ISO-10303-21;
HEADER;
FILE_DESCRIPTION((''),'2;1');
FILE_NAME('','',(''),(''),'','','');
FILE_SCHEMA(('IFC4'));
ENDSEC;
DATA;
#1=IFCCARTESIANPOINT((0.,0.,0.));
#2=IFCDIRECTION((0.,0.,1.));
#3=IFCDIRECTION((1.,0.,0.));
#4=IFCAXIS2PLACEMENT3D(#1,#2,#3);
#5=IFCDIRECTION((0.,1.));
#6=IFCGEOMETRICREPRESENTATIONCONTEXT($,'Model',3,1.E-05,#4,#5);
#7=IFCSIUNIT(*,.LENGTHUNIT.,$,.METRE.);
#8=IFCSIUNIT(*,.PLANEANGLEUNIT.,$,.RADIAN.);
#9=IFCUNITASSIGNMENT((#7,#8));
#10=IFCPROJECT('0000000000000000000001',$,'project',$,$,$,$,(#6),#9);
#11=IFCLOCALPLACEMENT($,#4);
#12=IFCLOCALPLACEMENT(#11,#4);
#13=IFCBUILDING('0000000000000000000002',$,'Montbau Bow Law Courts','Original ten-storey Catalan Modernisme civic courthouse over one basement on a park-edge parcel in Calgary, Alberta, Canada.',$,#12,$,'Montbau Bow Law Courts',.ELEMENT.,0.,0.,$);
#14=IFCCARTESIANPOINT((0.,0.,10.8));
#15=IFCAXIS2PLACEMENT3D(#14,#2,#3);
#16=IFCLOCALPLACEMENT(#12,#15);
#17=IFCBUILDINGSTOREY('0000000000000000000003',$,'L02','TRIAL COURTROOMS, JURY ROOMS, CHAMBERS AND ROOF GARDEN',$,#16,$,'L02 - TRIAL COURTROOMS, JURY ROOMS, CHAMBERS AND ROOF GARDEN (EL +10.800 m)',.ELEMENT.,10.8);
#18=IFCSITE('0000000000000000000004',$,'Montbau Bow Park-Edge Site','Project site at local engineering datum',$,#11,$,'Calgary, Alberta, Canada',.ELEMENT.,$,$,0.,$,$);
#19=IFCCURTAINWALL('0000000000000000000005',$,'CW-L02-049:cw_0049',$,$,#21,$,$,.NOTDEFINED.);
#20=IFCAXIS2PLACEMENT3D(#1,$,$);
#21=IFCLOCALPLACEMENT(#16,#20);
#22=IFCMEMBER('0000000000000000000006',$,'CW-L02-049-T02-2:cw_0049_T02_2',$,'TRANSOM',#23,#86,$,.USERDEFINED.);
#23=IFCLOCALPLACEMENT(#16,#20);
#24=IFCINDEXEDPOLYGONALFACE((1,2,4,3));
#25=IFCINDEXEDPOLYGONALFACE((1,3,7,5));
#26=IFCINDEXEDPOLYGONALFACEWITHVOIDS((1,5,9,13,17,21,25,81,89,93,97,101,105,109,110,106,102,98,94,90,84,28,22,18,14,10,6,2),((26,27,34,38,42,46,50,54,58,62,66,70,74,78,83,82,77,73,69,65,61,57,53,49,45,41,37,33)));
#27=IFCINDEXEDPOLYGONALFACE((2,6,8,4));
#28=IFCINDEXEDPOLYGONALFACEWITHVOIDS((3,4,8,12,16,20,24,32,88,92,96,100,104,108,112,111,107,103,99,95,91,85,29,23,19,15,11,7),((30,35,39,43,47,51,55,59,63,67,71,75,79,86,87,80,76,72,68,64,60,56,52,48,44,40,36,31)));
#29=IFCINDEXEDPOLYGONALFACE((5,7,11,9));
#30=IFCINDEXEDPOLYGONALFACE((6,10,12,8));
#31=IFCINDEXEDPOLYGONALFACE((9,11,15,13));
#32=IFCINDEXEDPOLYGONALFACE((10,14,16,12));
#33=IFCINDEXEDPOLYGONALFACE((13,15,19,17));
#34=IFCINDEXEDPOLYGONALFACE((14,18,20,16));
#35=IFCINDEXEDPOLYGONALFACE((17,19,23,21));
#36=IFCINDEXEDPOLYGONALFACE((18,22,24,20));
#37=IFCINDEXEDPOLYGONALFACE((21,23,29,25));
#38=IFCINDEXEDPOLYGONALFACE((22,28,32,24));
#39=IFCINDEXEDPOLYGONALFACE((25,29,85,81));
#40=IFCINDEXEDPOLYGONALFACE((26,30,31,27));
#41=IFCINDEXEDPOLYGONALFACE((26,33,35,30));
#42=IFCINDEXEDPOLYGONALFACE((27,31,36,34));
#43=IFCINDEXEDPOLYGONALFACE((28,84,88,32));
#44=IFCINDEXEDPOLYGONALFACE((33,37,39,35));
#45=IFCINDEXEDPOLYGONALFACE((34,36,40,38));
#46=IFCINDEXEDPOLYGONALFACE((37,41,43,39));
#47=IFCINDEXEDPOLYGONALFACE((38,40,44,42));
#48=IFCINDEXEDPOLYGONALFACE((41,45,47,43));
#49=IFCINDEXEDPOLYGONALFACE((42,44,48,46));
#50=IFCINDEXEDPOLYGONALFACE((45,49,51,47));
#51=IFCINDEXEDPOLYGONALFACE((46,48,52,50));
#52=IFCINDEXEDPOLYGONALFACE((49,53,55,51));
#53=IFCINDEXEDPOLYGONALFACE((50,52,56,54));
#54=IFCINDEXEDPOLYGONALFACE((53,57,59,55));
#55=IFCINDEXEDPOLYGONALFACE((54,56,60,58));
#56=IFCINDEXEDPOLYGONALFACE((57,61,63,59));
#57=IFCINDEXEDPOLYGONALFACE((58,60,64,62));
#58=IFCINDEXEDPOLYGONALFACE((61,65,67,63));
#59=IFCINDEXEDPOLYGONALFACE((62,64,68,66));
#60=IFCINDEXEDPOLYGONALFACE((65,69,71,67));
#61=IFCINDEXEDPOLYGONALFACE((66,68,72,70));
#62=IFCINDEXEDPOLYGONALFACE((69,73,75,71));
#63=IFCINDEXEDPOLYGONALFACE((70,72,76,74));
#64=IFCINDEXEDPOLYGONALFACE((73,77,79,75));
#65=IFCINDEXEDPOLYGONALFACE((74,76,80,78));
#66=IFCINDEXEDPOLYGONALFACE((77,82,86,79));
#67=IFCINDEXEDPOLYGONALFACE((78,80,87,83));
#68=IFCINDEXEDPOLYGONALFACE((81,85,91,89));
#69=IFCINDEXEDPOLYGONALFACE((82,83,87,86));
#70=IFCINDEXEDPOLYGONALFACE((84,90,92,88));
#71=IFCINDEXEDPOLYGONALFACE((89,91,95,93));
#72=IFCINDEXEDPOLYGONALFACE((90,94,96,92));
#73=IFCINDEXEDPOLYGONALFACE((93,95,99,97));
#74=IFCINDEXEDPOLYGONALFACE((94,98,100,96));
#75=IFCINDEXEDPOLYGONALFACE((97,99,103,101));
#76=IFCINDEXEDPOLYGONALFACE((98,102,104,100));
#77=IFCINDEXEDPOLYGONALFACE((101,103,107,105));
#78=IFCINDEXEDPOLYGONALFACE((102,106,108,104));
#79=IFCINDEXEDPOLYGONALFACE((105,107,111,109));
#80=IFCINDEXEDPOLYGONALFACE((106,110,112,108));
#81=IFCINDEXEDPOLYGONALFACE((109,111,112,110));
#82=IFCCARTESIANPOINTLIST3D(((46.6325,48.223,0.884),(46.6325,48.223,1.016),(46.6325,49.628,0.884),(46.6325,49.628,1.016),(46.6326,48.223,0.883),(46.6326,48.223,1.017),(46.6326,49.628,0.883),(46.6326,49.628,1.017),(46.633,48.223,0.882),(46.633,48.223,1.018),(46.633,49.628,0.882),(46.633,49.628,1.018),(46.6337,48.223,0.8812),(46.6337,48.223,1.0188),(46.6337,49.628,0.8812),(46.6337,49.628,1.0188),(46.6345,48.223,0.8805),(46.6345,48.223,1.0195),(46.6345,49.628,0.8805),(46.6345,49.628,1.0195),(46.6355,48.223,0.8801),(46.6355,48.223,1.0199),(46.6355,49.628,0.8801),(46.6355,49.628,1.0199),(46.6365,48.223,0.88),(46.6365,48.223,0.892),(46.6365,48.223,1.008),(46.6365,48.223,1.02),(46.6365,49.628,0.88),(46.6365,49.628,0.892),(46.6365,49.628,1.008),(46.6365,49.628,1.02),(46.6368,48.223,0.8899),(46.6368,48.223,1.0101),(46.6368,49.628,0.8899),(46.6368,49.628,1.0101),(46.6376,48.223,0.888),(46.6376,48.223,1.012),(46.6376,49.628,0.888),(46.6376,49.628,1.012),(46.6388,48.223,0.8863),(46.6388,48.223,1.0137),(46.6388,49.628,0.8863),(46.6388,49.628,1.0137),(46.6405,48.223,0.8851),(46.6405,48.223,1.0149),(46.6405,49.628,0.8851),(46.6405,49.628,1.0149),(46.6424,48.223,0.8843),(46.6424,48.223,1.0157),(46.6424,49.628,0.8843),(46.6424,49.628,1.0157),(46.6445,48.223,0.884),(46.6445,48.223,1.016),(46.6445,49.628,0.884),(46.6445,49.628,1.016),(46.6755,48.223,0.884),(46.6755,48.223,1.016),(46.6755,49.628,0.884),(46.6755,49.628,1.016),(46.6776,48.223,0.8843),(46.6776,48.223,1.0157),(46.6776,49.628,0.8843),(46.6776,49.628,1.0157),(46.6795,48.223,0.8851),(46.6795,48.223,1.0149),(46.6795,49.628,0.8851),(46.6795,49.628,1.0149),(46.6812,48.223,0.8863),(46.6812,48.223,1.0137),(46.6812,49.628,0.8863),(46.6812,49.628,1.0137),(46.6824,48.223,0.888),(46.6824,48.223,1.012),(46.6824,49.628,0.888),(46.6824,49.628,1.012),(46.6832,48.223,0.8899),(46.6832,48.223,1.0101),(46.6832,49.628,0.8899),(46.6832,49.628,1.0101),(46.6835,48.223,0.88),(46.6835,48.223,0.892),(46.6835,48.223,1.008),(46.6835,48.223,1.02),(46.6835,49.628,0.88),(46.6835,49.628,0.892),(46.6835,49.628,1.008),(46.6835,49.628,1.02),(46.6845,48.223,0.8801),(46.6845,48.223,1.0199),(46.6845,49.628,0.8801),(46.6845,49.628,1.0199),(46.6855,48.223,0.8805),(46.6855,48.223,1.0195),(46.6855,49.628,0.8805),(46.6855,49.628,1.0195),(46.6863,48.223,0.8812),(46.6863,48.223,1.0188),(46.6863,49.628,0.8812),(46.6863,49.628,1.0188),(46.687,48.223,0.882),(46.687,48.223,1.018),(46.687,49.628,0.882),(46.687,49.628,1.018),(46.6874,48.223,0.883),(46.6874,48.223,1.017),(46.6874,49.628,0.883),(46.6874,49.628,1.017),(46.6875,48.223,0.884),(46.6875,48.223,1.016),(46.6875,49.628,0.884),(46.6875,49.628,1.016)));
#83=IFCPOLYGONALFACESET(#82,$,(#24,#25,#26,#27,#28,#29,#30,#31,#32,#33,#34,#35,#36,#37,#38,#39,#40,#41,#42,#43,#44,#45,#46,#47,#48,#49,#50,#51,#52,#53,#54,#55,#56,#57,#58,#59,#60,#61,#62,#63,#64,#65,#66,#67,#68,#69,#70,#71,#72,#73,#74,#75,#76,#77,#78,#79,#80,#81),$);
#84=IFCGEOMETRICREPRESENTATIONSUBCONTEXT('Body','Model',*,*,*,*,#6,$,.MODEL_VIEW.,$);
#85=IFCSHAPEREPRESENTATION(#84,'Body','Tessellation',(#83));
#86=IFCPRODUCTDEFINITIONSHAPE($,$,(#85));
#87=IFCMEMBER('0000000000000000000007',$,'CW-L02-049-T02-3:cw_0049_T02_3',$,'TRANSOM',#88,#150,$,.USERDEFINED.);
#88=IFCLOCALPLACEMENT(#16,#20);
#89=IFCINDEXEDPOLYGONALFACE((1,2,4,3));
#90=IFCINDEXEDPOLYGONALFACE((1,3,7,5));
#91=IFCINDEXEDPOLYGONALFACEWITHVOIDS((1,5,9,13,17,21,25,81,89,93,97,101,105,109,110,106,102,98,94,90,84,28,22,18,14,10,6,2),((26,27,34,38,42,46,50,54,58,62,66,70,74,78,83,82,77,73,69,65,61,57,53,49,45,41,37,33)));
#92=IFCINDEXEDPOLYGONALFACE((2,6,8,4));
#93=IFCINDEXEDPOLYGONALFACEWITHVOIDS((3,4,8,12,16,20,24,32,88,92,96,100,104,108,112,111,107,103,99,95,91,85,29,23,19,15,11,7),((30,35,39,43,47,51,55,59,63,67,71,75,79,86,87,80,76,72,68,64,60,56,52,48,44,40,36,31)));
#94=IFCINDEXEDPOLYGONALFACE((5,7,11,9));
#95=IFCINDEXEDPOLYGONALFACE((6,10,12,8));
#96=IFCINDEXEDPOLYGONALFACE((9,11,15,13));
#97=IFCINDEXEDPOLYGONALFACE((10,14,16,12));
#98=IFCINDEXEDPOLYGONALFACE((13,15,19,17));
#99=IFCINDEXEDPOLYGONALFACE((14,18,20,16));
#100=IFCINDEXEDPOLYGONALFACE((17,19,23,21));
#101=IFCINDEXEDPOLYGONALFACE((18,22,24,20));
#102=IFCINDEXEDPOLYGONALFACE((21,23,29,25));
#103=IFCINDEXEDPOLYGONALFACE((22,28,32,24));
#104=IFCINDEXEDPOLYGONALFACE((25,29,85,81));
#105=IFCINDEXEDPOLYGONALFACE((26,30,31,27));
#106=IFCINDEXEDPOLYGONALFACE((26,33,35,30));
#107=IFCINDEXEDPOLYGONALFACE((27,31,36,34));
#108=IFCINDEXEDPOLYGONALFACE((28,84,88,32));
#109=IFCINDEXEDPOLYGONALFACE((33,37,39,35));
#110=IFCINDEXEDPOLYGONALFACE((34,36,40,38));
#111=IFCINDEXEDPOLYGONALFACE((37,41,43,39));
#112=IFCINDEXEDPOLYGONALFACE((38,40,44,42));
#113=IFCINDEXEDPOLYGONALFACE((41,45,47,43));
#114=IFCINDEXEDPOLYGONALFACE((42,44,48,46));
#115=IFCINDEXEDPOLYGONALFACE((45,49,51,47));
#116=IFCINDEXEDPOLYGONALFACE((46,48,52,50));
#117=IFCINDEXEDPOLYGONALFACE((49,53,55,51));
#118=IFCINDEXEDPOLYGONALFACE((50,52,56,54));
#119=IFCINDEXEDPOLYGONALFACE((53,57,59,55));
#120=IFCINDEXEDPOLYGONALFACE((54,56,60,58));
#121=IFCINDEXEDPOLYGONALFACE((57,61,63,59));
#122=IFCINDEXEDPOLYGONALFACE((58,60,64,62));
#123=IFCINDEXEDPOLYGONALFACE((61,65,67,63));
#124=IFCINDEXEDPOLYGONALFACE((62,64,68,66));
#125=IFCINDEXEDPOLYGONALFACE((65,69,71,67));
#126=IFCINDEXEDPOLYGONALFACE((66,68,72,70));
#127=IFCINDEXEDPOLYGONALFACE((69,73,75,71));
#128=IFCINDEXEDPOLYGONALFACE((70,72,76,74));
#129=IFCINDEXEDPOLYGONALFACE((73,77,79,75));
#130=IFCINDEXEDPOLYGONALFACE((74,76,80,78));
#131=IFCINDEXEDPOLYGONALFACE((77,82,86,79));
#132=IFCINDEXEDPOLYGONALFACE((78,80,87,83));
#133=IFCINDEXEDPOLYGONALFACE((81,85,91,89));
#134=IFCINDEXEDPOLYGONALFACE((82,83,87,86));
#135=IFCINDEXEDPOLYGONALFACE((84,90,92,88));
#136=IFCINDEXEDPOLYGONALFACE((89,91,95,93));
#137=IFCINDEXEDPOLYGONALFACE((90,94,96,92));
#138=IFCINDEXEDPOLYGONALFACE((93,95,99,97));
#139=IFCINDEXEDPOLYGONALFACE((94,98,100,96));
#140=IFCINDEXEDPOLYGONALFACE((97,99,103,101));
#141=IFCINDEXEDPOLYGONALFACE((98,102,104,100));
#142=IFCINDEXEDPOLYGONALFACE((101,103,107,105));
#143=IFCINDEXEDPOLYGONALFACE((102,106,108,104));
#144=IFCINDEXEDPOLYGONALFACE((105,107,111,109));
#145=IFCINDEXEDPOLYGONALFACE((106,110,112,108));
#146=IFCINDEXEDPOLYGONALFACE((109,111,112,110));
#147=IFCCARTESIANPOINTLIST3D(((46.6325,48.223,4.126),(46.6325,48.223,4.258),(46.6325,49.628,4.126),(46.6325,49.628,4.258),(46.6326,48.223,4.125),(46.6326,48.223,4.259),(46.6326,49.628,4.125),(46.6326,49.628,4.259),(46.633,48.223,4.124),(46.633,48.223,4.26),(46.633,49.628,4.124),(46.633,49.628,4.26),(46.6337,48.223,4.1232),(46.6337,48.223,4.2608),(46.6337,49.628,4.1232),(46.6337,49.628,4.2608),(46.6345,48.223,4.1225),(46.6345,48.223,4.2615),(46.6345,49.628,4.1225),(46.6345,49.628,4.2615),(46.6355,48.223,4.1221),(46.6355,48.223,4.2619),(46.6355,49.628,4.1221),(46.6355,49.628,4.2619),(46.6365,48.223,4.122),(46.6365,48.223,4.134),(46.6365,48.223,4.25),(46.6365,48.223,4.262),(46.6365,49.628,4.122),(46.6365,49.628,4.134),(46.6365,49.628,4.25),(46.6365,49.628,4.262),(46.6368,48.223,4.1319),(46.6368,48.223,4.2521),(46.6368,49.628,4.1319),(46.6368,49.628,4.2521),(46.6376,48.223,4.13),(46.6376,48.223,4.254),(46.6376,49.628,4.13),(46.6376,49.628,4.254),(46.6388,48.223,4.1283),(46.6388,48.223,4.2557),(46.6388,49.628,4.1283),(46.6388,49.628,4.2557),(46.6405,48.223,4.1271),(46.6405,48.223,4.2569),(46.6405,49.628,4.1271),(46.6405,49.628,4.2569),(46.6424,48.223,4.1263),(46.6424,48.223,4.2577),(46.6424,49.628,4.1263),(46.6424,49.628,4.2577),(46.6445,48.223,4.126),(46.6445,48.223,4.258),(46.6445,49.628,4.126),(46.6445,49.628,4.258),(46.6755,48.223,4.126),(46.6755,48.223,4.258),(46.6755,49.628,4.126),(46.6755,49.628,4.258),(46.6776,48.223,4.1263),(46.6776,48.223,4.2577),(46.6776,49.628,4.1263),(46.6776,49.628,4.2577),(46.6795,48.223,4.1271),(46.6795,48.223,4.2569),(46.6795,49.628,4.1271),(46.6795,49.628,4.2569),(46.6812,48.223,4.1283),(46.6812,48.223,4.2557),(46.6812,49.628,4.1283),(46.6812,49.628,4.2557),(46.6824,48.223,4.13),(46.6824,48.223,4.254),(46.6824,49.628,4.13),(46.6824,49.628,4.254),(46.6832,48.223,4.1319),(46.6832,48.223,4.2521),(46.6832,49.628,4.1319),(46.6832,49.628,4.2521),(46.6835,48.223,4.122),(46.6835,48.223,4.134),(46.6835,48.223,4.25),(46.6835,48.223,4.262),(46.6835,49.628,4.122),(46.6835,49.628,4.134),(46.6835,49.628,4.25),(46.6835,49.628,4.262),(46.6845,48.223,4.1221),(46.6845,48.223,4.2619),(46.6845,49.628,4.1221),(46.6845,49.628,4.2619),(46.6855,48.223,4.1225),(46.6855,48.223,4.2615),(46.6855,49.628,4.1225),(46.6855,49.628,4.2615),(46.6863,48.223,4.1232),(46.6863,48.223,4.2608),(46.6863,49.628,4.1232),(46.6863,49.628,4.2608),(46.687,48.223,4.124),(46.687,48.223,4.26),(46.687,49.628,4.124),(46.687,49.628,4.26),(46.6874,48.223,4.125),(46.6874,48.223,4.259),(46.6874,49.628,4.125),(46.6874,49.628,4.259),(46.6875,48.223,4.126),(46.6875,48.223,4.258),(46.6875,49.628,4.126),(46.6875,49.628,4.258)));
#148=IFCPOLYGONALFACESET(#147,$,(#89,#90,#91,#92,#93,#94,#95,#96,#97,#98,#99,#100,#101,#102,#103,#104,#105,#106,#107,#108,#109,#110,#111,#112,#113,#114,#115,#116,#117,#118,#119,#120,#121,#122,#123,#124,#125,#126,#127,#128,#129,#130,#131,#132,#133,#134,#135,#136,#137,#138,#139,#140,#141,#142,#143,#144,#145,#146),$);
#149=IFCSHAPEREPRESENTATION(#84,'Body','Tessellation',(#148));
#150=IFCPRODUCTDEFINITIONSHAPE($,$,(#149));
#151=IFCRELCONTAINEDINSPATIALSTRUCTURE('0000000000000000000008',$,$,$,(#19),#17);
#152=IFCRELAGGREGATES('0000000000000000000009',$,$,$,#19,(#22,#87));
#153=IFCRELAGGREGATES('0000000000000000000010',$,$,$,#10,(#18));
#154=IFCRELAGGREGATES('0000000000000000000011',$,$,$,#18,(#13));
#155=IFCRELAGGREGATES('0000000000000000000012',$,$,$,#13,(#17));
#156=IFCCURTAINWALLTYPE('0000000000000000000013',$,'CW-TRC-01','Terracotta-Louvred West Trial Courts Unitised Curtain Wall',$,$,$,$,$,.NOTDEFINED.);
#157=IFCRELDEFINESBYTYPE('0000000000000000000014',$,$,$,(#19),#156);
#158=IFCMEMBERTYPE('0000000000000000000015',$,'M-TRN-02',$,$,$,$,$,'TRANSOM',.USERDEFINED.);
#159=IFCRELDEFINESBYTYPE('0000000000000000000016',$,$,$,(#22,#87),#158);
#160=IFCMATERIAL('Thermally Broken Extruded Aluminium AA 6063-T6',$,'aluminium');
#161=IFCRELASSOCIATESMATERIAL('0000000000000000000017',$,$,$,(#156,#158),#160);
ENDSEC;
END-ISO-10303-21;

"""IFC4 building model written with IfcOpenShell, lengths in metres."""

from ifc_helpers import new_model, si_unit, direction, frame, origin_with_axes, origin_2d_with_axis, place, context, subcontext, project, spatial, hollow_rectangle, extrude, material, material_profile, profile_set, type_object, element, aggregate, save


model = new_model("IFC4")

# Units and contexts
model_context = context("Model", 3, precision=1e-05, world=origin_with_axes(), true_north=direction((0.0, 1.0)))
body_context = subcontext(model_context, "Body", "Model", "MODEL_VIEW")
ifc_project = project(units=[si_unit("LENGTHUNIT", "METRE"), si_unit("PLANEANGLEUNIT", "RADIAN")], contexts=[model_context])

# Site, building, storey
site_placement = place(None, origin_with_axes())
site = spatial("IfcSite", under=ifc_project, at=site_placement, Name="Montbau Bow Park-Edge Site", Description="Project site at local engineering datum", LongName="Calgary, Alberta, Canada", CompositionType="ELEMENT", RefElevation=0.0)
building_placement = place(site_placement, origin_with_axes())
building = spatial("IfcBuilding", under=site, at=building_placement, Name="Montbau Bow Law Courts", Description="Original ten-storey Catalan Modernisme civic courthouse over one basement on a park-edge parcel in Calgary, Alberta, Canada.", LongName="Montbau Bow Law Courts", CompositionType="ELEMENT", ElevationOfRefHeight=0.0, ElevationOfTerrain=0.0)
storey_placement = place(building_placement, frame((0.0, 0.0, 10.8), z_axis=(0.0, 0.0, 1.0), x_axis=(1.0, 0.0, 0.0)))
storey = spatial("IfcBuildingStorey", under=building, at=storey_placement, Name="L02", Description="TRIAL COURTROOMS, JURY ROOMS, CHAMBERS AND ROOF GARDEN", LongName="L02 - TRIAL COURTROOMS, JURY ROOMS, CHAMBERS AND ROOF GARDEN (EL +10.800 m)", CompositionType="ELEMENT", Elevation=10.8)

# Shared definitions
ifc_material_1 = material(Name="Thermally Broken Extruded Aluminium AA 6063-T6", Category="aluminium")

# Curtain wall, members
curtain_wall_type_1 = type_object("IfcCurtainWallType", Name="CW-TRC-01", Description="Terracotta-Louvred West Trial Courts Unitised Curtain Wall", PredefinedType="NOTDEFINED", material=ifc_material_1)
curtain_wall_1_placement = place(None, frame((46.66, 46.715, 10.8), z_axis=(0.0, 0.0, 1.0), x_axis=(1.0, 0.0, 0.0)))
curtain_wall_1 = element("IfcCurtainWall", 1, at=curtain_wall_1_placement, inside=storey, type_object=curtain_wall_type_1, Name="CW-L02-049:cw_0049", PredefinedType="NOTDEFINED")
ifc_material_profile_1 = material_profile(ifc_material_1, hollow_rectangle(XDim=0.055, YDim=0.14, WallThickness=0.004, InnerFilletRadius=0.008, OuterFilletRadius=0.004, at=origin_2d_with_axis()), Name="CWT-140X55", Category="Main", Priority=0)
ifc_profile_set_1 = profile_set([ifc_material_profile_1], Name="Thermally Broken Extruded Aluminium AA 6063-T6")
member_type_1 = type_object("IfcMemberType", Name="M-TRN-02", ElementType="TRANSOM", PredefinedType="USERDEFINED", material=ifc_profile_set_1)
member_1_placement = place(None, frame((46.66, 48.223, 11.75), z_axis=(0.0, 1.0, 0.0), x_axis=(-1.0, 0.0, 0.0)))
member_1 = element("IfcMember", 2, at=member_1_placement, type_object=member_type_1, Name="CW-L02-049-T02-2:cw_0049_T02_2", ObjectType="TRANSOM", PredefinedType="USERDEFINED", context=body_context, shape_type="SweptSolid", body=[
    extrude(hollow_rectangle(XDim=0.055, YDim=0.14, WallThickness=0.004, InnerFilletRadius=0.008, OuterFilletRadius=0.004, at=origin_2d_with_axis()), origin_with_axes(), (0.0, 0.0, 1.0), 1.405),
])
member_2_placement = place(None, frame((46.66, 48.223, 14.992), z_axis=(0.0, 1.0, 0.0), x_axis=(-1.0, 0.0, 0.0)))
member_2 = element("IfcMember", 3, at=member_2_placement, type_object=member_type_1, Name="CW-L02-049-T02-3:cw_0049_T02_3", ObjectType="TRANSOM", PredefinedType="USERDEFINED", context=body_context, shape_type="SweptSolid", body=[
    extrude(hollow_rectangle(XDim=0.055, YDim=0.14, WallThickness=0.004, InnerFilletRadius=0.008, OuterFilletRadius=0.004, at=origin_2d_with_axis()), origin_with_axes(), (0.0, 0.0, 1.0), 1.405),
])
aggregate(curtain_wall_1, [member_1, member_2])

save(model, "model.ifc")
